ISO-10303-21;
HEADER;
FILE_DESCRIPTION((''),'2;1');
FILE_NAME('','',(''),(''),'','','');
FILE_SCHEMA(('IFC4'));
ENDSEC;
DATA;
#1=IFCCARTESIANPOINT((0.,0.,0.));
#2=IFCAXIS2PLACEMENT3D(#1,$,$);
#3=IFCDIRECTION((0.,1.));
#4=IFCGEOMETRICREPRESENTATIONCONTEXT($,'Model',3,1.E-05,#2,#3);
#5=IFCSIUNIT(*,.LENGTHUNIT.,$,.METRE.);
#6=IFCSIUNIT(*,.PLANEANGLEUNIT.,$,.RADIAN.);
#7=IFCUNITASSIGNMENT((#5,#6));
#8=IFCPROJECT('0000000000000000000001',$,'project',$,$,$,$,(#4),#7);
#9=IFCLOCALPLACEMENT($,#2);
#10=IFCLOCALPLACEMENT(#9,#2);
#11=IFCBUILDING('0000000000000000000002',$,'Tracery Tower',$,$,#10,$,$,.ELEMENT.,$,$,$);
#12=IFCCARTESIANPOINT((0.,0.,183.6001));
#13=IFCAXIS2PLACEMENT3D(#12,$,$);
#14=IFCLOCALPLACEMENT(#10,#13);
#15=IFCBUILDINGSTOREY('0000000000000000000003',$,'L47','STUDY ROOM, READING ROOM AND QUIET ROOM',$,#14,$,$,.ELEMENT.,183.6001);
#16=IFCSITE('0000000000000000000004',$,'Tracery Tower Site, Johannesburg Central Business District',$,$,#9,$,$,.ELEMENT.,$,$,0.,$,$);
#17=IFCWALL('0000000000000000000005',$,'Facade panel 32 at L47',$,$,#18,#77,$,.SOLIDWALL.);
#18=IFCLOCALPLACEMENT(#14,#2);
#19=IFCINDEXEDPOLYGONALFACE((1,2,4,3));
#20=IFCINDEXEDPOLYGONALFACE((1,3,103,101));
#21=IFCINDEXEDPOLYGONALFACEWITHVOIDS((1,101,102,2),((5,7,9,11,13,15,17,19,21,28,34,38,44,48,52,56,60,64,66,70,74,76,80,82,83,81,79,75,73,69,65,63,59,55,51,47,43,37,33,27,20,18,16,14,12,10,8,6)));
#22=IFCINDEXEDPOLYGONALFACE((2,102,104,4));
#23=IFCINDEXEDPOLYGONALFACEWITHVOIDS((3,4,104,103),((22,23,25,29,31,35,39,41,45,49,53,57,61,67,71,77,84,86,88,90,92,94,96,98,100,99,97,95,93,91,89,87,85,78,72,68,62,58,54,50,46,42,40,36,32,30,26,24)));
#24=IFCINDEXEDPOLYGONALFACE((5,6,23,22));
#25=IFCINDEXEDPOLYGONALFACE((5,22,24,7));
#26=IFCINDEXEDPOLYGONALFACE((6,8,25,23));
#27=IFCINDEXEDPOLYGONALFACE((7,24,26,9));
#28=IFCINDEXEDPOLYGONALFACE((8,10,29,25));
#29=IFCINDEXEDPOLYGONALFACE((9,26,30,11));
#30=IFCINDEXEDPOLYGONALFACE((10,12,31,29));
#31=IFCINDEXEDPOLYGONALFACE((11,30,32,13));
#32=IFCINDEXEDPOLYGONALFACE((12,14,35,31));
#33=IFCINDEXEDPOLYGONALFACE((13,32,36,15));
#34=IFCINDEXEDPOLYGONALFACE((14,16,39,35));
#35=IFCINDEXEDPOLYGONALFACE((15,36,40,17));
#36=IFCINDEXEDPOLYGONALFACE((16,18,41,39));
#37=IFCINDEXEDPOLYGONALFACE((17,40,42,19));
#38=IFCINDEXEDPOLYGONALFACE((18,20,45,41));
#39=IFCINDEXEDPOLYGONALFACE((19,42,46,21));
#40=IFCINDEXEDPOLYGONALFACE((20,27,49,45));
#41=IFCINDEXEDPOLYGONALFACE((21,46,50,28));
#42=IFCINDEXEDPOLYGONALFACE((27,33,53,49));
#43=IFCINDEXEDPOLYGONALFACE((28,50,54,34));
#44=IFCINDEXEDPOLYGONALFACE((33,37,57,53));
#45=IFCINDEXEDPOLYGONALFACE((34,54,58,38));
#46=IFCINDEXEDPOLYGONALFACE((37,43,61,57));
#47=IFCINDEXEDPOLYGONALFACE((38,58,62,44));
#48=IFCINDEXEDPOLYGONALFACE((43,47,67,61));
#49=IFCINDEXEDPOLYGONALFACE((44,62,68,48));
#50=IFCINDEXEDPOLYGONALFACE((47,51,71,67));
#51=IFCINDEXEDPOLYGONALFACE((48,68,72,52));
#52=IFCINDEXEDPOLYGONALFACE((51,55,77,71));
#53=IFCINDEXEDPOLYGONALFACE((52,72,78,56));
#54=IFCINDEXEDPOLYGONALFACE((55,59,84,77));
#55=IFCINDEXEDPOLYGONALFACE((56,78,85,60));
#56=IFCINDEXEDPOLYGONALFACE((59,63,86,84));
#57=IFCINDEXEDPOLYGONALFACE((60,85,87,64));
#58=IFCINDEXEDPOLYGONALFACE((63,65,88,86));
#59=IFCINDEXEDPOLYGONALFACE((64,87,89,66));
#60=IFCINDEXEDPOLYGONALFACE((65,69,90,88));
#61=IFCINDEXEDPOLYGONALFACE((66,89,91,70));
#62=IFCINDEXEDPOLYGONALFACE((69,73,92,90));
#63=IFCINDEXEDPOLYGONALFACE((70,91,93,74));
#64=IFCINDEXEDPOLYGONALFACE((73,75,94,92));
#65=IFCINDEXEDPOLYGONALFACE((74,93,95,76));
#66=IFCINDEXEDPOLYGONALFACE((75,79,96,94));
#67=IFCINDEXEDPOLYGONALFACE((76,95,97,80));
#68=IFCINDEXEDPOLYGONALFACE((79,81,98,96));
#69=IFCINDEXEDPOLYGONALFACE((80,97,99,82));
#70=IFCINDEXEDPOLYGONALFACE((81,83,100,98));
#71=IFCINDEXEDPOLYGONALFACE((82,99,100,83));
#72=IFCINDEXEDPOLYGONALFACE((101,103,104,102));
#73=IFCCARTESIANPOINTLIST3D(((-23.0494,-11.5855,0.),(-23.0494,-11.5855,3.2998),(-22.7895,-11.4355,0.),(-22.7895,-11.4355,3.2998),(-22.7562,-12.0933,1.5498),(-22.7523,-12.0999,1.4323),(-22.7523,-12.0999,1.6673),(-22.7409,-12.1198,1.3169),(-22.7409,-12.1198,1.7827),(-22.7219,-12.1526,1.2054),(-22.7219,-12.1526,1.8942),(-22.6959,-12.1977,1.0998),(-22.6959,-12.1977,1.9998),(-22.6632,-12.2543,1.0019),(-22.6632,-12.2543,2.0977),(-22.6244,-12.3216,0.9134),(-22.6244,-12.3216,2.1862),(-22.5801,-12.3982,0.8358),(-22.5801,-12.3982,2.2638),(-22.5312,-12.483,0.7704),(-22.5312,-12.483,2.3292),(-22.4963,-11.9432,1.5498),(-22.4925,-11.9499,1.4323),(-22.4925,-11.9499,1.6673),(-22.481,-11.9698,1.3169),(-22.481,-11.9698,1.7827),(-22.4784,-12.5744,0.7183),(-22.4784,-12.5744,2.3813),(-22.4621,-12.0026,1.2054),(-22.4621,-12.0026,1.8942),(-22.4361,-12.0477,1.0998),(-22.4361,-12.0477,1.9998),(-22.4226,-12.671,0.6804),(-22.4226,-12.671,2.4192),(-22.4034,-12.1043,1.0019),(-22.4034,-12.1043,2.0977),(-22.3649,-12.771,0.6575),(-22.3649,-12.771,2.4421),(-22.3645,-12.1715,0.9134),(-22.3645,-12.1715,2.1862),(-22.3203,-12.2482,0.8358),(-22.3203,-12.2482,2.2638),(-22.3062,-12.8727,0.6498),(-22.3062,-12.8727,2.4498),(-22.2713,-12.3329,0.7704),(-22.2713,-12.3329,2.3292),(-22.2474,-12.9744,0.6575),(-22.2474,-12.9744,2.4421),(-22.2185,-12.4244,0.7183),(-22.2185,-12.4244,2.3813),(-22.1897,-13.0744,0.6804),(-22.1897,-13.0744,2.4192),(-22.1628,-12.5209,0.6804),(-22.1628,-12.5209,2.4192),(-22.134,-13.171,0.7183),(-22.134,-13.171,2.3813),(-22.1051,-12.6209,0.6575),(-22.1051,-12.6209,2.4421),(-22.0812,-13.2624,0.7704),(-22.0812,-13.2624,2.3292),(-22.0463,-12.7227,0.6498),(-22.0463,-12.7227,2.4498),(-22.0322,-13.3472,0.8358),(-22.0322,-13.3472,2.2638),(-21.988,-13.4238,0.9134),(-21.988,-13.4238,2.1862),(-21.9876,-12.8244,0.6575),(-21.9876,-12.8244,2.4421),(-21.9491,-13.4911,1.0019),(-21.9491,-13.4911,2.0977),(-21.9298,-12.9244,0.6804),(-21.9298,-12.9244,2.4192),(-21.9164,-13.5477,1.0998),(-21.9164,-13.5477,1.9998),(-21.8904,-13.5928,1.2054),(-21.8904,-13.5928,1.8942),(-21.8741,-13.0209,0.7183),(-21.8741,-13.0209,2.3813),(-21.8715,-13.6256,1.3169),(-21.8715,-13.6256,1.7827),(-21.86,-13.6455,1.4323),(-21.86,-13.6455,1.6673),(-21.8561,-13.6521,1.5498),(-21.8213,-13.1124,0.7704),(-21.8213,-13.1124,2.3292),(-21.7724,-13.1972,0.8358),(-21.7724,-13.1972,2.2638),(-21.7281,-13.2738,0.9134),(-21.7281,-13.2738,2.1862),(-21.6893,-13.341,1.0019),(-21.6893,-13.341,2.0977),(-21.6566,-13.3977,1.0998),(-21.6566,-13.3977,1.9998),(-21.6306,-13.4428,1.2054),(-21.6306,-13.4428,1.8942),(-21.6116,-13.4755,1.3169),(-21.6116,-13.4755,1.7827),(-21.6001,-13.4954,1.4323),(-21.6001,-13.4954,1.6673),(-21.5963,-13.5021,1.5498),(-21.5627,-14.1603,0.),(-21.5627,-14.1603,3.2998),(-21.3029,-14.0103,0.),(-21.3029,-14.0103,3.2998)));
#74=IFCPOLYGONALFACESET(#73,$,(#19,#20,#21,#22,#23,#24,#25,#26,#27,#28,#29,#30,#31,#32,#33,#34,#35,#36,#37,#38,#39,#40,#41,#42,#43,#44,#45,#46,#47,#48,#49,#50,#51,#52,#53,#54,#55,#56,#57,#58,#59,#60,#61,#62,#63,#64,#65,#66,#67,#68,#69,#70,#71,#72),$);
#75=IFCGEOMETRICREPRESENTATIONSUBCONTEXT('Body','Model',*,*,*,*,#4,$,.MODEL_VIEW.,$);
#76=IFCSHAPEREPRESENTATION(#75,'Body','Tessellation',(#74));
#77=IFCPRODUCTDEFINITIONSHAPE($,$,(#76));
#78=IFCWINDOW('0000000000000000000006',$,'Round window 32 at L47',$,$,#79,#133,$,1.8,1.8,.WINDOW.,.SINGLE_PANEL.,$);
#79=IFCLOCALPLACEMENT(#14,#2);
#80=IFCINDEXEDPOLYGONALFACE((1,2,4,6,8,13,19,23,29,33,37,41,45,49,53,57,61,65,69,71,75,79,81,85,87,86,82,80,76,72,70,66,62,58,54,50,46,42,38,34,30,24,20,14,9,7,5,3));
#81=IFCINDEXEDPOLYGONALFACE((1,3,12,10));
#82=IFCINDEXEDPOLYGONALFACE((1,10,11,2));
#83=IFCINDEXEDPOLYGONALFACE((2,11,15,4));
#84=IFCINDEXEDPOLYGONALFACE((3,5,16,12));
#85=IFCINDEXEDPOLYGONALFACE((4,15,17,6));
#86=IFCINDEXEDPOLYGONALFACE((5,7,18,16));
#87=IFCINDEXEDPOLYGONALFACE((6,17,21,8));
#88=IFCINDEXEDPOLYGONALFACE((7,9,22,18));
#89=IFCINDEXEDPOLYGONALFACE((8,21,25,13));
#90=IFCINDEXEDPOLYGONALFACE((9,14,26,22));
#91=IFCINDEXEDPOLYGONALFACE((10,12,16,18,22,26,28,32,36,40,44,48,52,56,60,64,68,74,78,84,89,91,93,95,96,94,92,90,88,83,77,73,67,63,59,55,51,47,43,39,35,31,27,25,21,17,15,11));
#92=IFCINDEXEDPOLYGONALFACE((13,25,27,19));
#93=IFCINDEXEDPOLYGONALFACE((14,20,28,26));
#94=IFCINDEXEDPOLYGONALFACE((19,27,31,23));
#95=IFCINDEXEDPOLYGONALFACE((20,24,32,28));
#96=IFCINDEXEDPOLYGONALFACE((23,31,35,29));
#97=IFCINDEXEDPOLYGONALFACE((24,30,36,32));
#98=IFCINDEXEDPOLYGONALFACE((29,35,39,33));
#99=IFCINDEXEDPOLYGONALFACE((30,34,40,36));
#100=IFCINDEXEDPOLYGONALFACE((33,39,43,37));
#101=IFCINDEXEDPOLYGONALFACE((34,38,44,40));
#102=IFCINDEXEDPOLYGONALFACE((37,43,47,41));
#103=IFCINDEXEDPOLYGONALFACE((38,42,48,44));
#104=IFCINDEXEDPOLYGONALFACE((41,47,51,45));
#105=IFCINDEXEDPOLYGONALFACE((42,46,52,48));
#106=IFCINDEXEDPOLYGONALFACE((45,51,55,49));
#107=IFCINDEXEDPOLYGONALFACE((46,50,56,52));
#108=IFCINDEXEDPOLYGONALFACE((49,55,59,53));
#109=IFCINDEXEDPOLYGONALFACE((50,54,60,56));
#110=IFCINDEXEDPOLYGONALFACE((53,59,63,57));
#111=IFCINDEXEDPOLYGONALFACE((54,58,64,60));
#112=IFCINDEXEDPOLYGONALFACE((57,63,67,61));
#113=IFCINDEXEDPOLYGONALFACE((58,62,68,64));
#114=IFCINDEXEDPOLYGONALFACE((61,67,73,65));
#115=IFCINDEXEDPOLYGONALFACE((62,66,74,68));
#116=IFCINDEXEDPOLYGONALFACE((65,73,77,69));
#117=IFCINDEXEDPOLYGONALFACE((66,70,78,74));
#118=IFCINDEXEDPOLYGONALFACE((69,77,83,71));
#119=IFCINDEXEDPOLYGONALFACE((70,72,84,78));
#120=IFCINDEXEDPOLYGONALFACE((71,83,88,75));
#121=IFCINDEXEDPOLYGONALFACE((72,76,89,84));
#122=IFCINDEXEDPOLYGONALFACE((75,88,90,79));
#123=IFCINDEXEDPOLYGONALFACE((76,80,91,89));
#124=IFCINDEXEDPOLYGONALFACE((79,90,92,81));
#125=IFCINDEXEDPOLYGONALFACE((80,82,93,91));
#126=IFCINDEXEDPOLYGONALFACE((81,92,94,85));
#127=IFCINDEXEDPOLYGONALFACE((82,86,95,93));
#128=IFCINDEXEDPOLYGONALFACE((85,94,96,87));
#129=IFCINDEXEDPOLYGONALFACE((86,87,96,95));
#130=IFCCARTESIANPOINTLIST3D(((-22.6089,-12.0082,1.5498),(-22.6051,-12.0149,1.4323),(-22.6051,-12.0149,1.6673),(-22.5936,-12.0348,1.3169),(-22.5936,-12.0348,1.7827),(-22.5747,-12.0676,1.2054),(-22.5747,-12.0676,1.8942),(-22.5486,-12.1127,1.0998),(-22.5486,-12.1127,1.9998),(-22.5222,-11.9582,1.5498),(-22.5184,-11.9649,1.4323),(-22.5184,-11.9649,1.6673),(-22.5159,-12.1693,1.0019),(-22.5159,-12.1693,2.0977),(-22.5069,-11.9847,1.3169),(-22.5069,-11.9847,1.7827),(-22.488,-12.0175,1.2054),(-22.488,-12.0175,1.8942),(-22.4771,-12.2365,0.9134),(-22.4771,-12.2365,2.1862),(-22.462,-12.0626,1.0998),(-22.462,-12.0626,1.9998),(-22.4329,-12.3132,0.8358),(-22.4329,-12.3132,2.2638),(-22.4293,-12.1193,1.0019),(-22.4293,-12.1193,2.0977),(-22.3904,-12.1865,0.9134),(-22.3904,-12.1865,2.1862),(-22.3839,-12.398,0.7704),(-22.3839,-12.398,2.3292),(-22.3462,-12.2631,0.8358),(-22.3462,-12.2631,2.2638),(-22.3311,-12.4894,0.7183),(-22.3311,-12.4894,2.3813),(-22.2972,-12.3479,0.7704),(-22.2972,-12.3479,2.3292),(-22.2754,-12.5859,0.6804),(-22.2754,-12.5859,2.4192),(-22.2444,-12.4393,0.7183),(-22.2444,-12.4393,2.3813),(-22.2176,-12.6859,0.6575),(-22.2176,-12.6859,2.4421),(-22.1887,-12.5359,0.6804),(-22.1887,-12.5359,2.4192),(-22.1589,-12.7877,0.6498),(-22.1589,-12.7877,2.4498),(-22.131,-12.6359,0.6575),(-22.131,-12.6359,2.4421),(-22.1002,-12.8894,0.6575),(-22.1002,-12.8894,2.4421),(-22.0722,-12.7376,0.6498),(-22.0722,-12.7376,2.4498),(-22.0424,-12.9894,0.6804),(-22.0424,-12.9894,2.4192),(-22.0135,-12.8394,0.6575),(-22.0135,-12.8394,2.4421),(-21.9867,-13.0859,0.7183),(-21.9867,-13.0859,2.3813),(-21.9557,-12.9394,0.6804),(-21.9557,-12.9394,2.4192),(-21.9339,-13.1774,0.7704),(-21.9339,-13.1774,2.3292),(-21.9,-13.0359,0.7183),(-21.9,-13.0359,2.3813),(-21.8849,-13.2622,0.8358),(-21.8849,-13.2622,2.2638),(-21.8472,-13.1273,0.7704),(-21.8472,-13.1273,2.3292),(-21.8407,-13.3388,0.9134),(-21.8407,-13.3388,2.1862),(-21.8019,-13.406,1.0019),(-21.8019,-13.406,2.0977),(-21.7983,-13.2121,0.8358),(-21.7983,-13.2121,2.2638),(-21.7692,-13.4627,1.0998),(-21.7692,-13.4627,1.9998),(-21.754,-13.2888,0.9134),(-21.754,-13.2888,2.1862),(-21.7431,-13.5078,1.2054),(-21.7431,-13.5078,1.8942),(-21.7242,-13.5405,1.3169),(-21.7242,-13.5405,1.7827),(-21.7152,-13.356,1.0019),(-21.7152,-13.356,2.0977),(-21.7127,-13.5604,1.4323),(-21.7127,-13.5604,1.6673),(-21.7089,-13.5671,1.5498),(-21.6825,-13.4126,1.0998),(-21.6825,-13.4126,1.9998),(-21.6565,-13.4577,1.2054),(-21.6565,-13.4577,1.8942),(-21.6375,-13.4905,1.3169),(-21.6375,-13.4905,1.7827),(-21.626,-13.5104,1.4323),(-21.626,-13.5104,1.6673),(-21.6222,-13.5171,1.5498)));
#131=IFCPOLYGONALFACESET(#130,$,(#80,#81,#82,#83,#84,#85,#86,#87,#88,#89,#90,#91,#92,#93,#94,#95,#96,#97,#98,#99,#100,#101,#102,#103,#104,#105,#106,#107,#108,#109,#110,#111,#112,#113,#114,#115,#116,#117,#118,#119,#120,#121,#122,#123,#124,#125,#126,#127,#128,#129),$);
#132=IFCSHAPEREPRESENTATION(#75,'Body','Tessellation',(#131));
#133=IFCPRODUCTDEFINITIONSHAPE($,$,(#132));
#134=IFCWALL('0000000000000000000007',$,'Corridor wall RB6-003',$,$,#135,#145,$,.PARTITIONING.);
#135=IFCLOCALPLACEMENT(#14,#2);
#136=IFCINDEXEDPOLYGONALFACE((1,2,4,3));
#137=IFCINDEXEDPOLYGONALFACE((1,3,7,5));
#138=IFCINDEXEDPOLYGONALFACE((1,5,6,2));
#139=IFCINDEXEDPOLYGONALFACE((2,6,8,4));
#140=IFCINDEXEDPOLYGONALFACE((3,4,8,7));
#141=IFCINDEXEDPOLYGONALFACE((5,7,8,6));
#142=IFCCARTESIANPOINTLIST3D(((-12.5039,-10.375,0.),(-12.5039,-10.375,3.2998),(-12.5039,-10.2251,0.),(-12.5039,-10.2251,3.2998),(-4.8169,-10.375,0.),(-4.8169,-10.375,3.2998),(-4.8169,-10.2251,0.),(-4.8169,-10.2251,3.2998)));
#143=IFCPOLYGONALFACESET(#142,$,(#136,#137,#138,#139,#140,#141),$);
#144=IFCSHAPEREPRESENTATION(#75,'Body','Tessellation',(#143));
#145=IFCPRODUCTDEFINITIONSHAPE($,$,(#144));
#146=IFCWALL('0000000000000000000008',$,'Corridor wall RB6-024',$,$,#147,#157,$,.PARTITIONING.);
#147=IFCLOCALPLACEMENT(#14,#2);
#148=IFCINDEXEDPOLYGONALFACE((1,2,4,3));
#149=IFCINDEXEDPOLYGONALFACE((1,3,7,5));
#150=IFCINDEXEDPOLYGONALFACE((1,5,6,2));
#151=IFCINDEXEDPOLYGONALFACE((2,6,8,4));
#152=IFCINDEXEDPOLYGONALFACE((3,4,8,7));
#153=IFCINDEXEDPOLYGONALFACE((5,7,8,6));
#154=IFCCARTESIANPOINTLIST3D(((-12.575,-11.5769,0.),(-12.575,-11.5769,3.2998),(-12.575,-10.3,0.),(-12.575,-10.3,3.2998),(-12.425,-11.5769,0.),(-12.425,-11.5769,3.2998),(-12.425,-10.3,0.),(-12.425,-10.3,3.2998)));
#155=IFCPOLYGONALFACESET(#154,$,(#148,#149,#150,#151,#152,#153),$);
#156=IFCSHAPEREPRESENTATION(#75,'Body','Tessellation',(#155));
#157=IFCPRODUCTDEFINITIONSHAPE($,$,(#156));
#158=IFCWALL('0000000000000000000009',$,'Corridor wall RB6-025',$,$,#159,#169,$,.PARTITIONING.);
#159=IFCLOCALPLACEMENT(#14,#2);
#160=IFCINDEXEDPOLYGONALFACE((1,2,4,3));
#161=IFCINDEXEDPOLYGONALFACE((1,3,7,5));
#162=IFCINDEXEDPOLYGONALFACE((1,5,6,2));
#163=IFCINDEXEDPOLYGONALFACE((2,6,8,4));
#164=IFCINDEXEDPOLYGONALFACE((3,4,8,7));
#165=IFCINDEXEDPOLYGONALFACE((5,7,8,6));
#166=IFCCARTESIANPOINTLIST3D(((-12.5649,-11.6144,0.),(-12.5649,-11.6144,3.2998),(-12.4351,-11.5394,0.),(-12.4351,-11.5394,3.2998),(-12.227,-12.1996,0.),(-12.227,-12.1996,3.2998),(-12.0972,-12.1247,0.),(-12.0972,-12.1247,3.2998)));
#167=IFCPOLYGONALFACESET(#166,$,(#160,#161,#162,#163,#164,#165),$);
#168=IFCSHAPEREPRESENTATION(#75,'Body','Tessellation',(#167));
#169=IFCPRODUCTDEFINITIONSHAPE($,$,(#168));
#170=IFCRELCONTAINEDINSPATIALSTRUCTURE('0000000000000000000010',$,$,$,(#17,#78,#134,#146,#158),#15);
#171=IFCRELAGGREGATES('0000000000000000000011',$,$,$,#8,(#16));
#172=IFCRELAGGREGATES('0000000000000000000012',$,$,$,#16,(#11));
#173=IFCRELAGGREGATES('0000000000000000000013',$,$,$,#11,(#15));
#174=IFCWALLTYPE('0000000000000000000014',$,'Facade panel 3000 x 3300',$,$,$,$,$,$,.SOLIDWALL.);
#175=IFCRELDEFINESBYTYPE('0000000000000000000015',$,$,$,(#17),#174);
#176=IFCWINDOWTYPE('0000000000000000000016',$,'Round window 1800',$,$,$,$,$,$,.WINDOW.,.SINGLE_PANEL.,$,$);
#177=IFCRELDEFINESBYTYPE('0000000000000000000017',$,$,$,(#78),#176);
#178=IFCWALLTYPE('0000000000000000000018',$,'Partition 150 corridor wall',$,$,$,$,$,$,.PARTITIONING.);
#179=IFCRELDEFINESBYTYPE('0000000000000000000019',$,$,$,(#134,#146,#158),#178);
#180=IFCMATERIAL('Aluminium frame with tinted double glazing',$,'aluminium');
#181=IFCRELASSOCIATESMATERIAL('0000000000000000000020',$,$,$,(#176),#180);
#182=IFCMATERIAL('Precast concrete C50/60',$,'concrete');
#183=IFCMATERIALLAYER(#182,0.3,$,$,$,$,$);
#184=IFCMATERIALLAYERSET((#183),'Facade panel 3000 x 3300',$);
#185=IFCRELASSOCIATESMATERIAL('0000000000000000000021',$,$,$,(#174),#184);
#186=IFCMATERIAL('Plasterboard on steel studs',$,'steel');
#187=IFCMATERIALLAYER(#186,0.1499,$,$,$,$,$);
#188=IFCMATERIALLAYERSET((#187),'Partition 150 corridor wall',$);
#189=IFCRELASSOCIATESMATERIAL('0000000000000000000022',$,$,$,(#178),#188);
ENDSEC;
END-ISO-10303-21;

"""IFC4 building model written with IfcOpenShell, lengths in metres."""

from ifc_helpers import new_model, si_unit, direction, frame, frame_2d, origin, origin_2d, place, context, subcontext, project, spatial, rectangle, circle, extrude, material, layer, layer_set, type_object, element, fill, save


model = new_model("IFC4")

# Units and contexts
model_context = context("Model", 3, precision=1e-05, world=origin(), true_north=direction((0.0, 1.0)))
body_context = subcontext(model_context, "Body", "Model", "MODEL_VIEW")
ifc_project = project(units=[si_unit("LENGTHUNIT", "METRE"), si_unit("PLANEANGLEUNIT", "RADIAN")], contexts=[model_context])

# Site, building, storey
site_placement = place(None, origin())
site = spatial("IfcSite", under=ifc_project, at=site_placement, Name="Tracery Tower Site, Johannesburg Central Business District", CompositionType="ELEMENT", RefElevation=0.0)
building_placement = place(site_placement, origin())
building = spatial("IfcBuilding", under=site, at=building_placement, Name="Tracery Tower", CompositionType="ELEMENT")
storey_placement = place(building_placement, frame((0.0, 0.0, 183.6001)))
storey = spatial("IfcBuildingStorey", under=building, at=storey_placement, Name="L47", Description="STUDY ROOM, READING ROOM AND QUIET ROOM", CompositionType="ELEMENT", Elevation=183.6001)

# Wall, opening, window
ifc_material_1 = material(Name="Aluminium frame with tinted double glazing", Category="aluminium")
window_type = type_object("IfcWindowType", Name="Round window 1800", PartitioningType="SINGLE_PANEL", PredefinedType="WINDOW", material=ifc_material_1)
ifc_material_2 = material(Name="Precast concrete C50/60", Category="concrete")
ifc_layer_1 = layer(ifc_material_2, 0.3)
ifc_layer_set_1 = layer_set([ifc_layer_1], Name="Facade panel 3000 x 3300")
wall_type_1 = type_object("IfcWallType", Name="Facade panel 3000 x 3300", PredefinedType="SOLIDWALL", material=ifc_layer_set_1)
wall_1_placement = place(storey_placement, frame((-22.9194, -11.5105, 0.0), z_axis=(0.0, 0.0, 1.0), x_axis=(0.500016, -0.866016, 0.0)))
wall_1 = element("IfcWall", 1, at=wall_1_placement, inside=storey, type_object=wall_type_1, Name="Facade panel 32 at L47", PredefinedType="SOLIDWALL", context=body_context, shape_type="SweptSolid", body=[
    extrude(rectangle(XDim=2.9731, YDim=0.3, at=frame_2d((1.4866, 0.0))), origin(), (0.0, 0.0, 1.0), 3.2998),
])
opening_1_placement = place(wall_1_placement, frame((1.4863, 0.0, 1.5498)))
opening_1 = element("IfcOpeningElement", 2, at=opening_1_placement, cuts=wall_1, PredefinedType="OPENING", context=body_context, shape_type="SweptSolid", body=[
    extrude(circle(Radius=0.9, at=origin_2d()), frame((0.0, 0.1599, 0.0), z_axis=(0.0, -1.0, 0.0), x_axis=(1.0, 0.0, 0.0)), (0.0, 0.0, 1.0), 0.3201),
])
window_1_placement = place(opening_1_placement, origin())
window_1 = element("IfcWindow", 3, at=window_1_placement, inside=storey, type_object=window_type, Name="Round window 32 at L47", OverallHeight=1.8, OverallWidth=1.8, PartitioningType="SINGLE_PANEL", PredefinedType="WINDOW", context=body_context, shape_type="SweptSolid", body=[
    extrude(circle(Radius=0.9, at=origin_2d()), frame((0.0, 0.1201, 0.0), z_axis=(0.0, -1.0, 0.0), x_axis=(1.0, 0.0, 0.0)), (0.0, 0.0, 1.0), 0.1001),
])
fill(opening_1, window_1)

# Walls
ifc_material_3 = material(Name="Plasterboard on steel studs", Category="steel")
ifc_layer_2 = layer(ifc_material_3, 0.1499)
ifc_layer_set_2 = layer_set([ifc_layer_2], Name="Partition 150 corridor wall")
wall_type_2 = type_object("IfcWallType", Name="Partition 150 corridor wall", PredefinedType="PARTITIONING", material=ifc_layer_set_2)
wall_2_placement = place(storey_placement, frame((-12.5039, -10.3, 0.0), z_axis=(0.0, 0.0, 1.0), x_axis=(1.0, 0.0, 0.0)))
element("IfcWall", 4, at=wall_2_placement, inside=storey, type_object=wall_type_2, Name="Corridor wall RB6-003", PredefinedType="PARTITIONING", context=body_context, shape_type="SweptSolid", body=[
    extrude(rectangle(XDim=7.687, YDim=0.1499, at=frame_2d((3.8435, 0.0))), origin(), (0.0, 0.0, 1.0), 3.2998),
])
wall_3_placement = place(storey_placement, frame((-12.5, -11.5769, 0.0), z_axis=(0.0, 0.0, 1.0), x_axis=(0.0, 1.0, 0.0)))
element("IfcWall", 5, at=wall_3_placement, inside=storey, type_object=wall_type_2, Name="Corridor wall RB6-024", PredefinedType="PARTITIONING", context=body_context, shape_type="SweptSolid", body=[
    extrude(rectangle(XDim=1.2769, YDim=0.1499, at=frame_2d((0.6384, 0.0))), origin(), (0.0, 0.0, 1.0), 3.2998),
])
wall_4_placement = place(storey_placement, frame((-12.5, -11.5769, 0.0), z_axis=(0.0, 0.0, 1.0), x_axis=(0.500025, -0.866011, 0.0)))
element("IfcWall", 6, at=wall_4_placement, inside=storey, type_object=wall_type_2, Name="Corridor wall RB6-025", PredefinedType="PARTITIONING", context=body_context, shape_type="SweptSolid", body=[
    extrude(rectangle(XDim=0.6758, YDim=0.1499, at=frame_2d((0.3379, 0.0))), origin(), (0.0, 0.0, 1.0), 3.2998),
])

save(model, "model.ifc")
